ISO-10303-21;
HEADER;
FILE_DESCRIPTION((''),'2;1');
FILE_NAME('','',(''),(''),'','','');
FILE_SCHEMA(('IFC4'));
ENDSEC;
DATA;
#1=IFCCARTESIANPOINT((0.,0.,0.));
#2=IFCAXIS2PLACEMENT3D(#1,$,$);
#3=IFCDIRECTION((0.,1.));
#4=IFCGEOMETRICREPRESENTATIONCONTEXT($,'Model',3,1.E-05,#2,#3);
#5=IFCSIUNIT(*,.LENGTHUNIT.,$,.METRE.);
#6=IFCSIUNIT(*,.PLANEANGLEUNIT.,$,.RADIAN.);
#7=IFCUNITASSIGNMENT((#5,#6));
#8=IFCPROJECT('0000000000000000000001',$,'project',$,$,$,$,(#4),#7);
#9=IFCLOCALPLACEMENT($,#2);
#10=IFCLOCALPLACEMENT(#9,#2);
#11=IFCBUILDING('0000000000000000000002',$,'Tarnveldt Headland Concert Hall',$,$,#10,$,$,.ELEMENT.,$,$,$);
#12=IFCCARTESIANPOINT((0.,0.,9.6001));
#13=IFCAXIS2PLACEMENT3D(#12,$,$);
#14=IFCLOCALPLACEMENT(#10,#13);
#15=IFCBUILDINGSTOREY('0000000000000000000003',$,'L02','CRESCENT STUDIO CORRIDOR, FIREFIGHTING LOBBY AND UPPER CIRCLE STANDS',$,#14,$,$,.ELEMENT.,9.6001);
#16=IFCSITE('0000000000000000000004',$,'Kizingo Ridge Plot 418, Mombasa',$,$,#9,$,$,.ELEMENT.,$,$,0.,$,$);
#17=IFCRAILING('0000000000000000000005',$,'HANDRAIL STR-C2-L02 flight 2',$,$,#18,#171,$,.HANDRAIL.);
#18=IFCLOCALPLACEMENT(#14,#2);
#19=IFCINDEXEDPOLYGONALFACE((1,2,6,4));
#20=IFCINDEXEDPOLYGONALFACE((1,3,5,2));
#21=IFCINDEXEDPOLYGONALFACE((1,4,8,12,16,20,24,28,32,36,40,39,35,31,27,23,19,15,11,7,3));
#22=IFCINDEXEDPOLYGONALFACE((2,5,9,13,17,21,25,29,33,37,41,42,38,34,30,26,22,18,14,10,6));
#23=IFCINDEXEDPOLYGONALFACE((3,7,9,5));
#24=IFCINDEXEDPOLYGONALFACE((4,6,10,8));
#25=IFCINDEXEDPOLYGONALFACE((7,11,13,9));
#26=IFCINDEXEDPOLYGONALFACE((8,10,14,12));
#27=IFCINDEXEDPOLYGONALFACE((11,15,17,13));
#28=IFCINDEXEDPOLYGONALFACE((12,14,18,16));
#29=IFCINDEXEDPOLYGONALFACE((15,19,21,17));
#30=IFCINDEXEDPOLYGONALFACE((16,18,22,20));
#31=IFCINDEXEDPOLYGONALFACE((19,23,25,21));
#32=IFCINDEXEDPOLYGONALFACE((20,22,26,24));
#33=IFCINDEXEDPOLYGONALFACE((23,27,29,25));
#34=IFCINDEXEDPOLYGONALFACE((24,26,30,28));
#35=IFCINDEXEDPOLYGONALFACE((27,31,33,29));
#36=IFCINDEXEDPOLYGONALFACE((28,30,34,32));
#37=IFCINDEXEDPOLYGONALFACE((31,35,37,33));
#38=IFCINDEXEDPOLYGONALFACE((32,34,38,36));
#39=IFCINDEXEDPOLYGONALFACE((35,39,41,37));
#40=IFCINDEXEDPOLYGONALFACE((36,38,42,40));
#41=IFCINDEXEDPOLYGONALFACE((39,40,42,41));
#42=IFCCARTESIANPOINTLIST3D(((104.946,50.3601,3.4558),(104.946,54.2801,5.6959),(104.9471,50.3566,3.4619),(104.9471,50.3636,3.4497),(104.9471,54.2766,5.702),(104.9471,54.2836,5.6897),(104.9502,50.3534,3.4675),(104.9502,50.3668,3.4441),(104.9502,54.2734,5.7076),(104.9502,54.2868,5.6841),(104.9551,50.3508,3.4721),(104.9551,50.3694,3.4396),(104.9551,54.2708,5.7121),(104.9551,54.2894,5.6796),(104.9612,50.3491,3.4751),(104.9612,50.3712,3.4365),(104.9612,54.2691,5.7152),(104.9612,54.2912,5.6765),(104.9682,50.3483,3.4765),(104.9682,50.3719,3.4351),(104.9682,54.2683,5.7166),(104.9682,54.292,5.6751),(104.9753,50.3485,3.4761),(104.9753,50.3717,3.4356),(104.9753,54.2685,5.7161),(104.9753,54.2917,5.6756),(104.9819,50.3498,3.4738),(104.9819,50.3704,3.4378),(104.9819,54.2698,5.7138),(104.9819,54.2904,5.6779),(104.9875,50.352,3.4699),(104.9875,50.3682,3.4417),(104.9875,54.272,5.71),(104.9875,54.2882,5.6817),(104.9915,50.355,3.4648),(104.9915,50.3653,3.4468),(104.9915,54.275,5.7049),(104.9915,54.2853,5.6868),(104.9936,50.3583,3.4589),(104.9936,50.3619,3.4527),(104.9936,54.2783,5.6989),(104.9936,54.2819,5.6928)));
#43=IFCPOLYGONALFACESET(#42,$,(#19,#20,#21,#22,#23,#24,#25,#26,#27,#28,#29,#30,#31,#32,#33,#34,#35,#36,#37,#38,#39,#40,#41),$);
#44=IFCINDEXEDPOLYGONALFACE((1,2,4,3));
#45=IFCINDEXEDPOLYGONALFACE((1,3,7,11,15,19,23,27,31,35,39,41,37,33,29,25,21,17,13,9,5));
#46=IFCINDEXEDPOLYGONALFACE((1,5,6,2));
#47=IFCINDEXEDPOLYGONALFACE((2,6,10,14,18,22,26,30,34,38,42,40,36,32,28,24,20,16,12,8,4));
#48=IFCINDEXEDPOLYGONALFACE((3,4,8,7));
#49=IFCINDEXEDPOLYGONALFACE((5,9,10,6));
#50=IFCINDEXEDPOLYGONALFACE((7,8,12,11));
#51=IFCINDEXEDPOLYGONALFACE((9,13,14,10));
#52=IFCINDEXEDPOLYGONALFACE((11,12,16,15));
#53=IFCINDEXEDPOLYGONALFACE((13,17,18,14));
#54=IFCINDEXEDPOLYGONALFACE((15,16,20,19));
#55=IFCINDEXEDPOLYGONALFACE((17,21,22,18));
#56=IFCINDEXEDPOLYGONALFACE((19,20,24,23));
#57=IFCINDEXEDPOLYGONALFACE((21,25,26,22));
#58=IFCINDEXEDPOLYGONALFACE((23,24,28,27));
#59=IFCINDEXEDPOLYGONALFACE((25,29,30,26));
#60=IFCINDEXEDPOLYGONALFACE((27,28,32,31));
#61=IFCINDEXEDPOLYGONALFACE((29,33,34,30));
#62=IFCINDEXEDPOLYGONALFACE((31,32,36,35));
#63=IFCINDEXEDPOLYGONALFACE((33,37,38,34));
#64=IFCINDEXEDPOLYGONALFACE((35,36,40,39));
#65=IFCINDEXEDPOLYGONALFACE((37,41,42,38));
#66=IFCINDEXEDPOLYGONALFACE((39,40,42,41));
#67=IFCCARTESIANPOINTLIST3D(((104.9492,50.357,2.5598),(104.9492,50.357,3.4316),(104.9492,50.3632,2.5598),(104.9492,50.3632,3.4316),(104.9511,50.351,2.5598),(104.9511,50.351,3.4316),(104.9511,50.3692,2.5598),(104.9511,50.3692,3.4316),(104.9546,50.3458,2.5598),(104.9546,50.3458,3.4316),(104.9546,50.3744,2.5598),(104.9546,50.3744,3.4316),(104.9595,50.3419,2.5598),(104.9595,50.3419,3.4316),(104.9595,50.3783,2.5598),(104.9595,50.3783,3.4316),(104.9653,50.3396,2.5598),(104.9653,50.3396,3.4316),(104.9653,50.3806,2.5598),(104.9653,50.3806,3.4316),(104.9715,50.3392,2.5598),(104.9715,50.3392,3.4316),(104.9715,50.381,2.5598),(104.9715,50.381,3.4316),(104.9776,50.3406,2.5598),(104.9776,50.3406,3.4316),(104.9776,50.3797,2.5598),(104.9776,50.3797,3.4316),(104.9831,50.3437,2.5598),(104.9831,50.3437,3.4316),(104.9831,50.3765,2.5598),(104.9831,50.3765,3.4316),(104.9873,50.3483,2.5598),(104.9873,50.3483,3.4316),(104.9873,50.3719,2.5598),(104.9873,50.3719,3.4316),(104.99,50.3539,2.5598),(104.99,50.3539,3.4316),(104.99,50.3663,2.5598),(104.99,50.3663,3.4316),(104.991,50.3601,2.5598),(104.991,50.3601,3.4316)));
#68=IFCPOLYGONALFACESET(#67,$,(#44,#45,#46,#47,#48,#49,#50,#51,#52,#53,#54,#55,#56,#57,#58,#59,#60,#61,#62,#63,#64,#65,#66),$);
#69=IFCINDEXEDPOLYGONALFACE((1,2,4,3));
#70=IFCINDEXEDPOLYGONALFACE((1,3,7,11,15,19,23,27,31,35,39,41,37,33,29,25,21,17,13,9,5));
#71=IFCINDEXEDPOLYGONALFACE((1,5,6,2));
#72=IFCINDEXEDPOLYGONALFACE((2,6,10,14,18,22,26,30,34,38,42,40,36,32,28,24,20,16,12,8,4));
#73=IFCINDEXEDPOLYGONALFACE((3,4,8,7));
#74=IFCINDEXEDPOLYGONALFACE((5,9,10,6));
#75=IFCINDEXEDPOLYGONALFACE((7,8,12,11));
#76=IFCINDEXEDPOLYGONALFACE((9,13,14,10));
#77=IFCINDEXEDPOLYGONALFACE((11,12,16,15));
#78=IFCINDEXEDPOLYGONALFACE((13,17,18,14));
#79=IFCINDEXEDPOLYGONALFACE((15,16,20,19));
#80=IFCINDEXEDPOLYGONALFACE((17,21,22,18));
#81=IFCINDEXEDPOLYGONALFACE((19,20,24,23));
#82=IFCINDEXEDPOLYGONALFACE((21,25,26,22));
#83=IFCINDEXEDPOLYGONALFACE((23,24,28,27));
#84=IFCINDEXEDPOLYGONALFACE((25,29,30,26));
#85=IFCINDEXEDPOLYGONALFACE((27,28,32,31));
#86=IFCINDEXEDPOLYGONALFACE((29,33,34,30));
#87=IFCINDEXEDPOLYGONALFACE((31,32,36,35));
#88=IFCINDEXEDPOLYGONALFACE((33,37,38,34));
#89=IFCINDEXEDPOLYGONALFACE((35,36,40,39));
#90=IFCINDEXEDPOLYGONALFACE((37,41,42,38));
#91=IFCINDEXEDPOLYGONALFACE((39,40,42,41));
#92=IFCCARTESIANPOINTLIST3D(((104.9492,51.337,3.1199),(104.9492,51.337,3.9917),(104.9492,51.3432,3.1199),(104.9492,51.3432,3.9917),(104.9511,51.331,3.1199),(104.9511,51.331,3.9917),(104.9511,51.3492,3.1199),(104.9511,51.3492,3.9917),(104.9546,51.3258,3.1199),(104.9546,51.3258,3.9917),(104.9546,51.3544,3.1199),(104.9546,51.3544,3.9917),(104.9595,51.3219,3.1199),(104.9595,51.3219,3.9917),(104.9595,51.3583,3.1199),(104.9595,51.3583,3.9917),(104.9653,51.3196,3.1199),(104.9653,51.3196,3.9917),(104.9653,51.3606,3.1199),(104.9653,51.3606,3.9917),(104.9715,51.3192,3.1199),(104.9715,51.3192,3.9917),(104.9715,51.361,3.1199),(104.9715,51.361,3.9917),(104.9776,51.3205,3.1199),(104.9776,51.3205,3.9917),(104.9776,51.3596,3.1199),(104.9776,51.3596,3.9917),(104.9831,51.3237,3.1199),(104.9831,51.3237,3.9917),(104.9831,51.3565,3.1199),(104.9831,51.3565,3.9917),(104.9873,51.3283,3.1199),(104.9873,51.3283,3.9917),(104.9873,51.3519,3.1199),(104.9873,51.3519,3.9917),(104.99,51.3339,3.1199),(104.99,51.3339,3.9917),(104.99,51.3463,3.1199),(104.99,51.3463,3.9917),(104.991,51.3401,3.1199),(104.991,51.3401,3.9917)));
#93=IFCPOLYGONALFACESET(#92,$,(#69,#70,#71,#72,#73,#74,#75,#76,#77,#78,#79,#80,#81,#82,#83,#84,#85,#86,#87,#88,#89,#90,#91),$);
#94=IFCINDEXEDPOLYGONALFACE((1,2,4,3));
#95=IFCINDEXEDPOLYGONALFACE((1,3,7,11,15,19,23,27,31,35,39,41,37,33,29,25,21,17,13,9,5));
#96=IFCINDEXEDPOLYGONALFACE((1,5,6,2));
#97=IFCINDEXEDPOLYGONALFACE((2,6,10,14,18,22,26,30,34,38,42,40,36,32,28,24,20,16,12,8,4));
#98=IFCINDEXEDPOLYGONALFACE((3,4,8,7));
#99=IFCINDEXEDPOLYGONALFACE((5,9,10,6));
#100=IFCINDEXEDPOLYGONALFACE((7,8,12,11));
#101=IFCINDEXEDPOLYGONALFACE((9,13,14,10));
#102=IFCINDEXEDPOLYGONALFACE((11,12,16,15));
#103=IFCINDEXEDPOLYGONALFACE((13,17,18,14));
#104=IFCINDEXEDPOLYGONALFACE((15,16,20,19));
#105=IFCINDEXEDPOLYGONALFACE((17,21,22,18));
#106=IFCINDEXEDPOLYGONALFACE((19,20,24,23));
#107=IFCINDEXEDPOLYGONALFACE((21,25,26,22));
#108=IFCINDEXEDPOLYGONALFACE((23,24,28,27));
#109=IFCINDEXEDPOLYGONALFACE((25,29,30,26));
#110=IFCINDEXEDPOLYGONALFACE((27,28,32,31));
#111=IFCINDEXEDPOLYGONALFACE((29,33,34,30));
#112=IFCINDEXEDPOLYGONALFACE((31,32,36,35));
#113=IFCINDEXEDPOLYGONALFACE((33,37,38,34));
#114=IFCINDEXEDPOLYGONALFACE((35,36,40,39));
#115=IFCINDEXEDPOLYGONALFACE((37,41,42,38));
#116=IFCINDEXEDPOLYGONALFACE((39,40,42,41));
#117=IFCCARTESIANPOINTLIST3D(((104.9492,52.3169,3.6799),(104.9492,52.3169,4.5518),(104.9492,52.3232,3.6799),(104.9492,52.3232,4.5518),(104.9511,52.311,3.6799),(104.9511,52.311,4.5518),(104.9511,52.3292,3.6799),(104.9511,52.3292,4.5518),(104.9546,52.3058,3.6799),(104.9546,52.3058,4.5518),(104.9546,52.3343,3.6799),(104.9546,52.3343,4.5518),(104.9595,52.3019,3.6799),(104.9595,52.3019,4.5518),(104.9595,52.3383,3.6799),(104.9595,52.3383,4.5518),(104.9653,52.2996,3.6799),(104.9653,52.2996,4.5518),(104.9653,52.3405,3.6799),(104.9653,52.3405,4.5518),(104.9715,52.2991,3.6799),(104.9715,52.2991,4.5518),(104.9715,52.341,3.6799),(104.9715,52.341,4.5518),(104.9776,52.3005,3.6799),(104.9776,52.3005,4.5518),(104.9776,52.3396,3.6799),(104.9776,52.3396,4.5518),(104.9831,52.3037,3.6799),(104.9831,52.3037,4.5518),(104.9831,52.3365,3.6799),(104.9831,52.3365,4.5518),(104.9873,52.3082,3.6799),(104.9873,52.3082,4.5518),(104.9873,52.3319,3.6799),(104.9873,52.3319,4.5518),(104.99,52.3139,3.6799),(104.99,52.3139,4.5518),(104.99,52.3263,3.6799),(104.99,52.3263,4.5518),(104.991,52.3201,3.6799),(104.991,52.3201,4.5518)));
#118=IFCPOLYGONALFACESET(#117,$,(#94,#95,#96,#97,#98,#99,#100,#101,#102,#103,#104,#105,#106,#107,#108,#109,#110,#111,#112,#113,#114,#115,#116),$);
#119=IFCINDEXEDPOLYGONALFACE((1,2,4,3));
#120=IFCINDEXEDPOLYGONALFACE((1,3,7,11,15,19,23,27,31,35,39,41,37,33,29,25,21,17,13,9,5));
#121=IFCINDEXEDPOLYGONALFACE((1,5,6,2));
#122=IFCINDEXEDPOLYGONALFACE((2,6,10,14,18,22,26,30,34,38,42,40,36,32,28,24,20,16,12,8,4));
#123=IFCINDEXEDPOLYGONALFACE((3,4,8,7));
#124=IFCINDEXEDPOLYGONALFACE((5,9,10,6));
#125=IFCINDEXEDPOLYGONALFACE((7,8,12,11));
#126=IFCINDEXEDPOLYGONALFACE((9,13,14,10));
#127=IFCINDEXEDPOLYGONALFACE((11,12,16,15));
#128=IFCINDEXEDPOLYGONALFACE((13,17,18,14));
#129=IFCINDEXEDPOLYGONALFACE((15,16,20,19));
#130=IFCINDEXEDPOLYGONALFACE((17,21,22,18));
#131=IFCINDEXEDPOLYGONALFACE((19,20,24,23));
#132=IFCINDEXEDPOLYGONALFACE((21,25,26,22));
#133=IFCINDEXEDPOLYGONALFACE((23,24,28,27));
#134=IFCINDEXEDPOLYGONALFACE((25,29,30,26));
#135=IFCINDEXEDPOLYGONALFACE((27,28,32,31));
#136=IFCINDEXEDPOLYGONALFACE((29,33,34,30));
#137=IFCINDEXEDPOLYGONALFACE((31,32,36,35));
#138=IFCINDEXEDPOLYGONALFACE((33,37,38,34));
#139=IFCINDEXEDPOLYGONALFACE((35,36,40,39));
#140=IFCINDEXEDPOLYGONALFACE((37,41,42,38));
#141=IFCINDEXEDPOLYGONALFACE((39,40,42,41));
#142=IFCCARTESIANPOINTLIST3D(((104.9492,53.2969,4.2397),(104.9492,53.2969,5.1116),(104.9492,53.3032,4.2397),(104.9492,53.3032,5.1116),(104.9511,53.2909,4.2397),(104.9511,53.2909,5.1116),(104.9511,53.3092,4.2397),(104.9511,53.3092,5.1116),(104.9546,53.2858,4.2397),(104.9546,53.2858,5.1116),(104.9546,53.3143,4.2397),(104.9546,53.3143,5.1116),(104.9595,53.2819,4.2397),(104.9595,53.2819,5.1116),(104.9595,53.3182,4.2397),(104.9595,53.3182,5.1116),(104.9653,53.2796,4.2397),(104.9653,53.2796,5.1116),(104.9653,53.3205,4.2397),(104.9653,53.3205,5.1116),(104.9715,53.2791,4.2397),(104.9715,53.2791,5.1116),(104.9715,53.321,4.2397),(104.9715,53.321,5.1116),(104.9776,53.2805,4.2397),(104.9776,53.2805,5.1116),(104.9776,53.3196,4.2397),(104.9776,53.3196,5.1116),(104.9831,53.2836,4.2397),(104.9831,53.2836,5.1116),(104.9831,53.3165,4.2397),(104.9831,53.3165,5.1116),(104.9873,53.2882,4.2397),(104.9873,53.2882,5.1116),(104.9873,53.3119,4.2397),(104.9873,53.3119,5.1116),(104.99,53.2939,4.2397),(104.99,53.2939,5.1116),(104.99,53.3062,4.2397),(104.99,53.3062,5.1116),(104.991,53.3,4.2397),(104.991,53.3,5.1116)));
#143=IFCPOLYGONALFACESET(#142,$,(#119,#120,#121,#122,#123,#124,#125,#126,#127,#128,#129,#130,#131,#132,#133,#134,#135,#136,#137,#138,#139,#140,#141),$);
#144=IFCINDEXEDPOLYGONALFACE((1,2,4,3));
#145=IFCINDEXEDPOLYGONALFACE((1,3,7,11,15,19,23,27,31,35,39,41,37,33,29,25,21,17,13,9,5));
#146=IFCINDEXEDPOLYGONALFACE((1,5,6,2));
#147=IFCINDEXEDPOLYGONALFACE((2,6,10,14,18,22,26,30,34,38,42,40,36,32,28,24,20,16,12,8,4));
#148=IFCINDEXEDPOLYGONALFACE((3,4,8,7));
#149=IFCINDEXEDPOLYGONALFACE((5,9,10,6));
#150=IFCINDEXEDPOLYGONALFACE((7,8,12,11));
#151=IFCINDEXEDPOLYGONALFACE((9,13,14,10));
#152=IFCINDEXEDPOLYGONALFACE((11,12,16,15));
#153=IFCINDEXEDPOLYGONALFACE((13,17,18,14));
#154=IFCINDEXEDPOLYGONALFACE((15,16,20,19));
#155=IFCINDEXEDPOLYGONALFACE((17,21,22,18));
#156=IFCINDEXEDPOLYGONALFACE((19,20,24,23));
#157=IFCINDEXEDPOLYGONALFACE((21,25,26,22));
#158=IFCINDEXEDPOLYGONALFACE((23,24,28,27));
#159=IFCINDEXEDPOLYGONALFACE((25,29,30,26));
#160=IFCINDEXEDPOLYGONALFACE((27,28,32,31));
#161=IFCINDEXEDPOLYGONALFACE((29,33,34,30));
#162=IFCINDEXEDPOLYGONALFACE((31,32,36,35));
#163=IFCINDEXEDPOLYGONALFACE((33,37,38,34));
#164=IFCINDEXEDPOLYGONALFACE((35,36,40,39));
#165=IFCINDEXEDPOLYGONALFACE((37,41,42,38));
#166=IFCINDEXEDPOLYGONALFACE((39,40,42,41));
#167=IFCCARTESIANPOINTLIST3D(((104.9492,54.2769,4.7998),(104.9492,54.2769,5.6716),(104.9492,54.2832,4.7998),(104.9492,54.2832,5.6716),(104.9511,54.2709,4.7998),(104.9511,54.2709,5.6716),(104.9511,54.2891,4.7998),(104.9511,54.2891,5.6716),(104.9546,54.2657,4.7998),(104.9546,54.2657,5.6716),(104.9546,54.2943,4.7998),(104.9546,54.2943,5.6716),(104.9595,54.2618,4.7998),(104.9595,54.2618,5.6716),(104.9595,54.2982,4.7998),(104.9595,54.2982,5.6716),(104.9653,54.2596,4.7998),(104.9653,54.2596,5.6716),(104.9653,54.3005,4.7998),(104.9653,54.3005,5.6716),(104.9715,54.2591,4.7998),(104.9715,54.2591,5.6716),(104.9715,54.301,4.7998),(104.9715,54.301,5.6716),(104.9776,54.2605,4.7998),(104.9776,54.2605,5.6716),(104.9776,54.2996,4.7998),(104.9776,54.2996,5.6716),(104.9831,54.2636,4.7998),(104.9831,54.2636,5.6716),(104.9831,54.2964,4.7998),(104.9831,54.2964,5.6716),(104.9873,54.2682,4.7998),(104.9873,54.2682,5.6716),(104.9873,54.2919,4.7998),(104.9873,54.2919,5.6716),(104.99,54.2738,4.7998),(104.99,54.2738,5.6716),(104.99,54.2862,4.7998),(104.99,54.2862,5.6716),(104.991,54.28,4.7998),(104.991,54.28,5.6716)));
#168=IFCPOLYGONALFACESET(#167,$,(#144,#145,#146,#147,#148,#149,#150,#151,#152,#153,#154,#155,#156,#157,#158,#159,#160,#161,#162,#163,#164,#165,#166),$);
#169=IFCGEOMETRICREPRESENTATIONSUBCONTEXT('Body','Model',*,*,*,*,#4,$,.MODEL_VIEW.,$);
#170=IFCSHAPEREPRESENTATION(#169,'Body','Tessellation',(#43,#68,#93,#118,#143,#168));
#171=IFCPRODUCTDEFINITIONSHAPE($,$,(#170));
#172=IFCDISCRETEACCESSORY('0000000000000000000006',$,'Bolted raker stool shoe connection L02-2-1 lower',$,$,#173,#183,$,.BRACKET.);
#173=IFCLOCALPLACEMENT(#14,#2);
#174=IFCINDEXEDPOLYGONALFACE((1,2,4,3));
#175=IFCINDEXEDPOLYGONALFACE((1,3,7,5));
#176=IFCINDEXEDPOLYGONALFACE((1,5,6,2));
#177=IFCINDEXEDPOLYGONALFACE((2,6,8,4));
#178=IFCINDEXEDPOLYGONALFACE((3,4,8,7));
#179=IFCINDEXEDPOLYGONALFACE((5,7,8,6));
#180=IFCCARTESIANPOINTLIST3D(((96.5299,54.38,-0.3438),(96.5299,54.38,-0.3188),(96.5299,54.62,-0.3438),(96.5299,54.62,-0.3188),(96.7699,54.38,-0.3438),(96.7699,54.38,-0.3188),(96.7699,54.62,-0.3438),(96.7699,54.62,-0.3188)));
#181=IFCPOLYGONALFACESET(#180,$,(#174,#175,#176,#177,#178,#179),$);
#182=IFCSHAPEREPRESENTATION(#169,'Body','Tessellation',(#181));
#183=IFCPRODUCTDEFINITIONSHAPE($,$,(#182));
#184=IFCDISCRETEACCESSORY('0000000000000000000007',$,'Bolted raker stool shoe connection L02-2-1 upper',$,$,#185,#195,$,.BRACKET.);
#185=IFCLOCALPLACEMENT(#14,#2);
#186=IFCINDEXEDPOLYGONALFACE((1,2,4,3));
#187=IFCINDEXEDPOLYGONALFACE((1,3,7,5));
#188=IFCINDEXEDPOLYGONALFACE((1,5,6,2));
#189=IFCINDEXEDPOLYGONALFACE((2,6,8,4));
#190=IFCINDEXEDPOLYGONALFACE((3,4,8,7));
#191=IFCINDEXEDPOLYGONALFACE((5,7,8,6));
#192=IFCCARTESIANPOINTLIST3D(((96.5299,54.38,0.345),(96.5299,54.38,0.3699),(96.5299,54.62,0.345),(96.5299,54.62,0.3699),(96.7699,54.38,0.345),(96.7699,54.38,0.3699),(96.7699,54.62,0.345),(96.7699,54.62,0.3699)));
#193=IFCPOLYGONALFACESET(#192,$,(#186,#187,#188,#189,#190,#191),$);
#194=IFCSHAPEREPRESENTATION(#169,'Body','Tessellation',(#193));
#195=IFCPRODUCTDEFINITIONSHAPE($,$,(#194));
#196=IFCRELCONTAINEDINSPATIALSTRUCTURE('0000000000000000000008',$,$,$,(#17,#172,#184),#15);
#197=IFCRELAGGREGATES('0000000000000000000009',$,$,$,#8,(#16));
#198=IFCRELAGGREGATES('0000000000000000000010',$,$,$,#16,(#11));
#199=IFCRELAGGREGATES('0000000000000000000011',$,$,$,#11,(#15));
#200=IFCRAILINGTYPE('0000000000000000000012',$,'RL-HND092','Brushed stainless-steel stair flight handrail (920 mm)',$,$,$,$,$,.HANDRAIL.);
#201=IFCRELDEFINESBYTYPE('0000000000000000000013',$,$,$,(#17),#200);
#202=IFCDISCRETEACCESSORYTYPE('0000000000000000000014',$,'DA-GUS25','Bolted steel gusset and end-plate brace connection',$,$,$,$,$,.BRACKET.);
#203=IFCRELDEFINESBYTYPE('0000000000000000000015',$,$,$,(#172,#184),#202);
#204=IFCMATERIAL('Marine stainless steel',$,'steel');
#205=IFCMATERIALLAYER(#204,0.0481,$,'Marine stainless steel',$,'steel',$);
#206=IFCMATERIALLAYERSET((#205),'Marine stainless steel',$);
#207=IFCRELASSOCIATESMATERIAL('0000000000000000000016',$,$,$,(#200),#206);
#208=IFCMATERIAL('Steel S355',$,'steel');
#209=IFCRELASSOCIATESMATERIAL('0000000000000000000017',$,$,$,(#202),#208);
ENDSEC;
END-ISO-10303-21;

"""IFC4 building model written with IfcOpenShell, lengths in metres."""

from ifc_helpers import new_model, si_unit, direction, frame, origin, origin_2d, place, context, subcontext, project, spatial, rectangle, circle, extrude, material, layer, layer_set, type_object, element, save


model = new_model("IFC4")

# Units and contexts
model_context = context("Model", 3, precision=1e-05, world=origin(), true_north=direction((0.0, 1.0)))
body_context = subcontext(model_context, "Body", "Model", "MODEL_VIEW")
ifc_project = project(units=[si_unit("LENGTHUNIT", "METRE"), si_unit("PLANEANGLEUNIT", "RADIAN")], contexts=[model_context])

# Site, building, storey
site_placement = place(None, origin())
site = spatial("IfcSite", under=ifc_project, at=site_placement, Name="Kizingo Ridge Plot 418, Mombasa", CompositionType="ELEMENT", RefElevation=0.0)
building_placement = place(site_placement, origin())
building = spatial("IfcBuilding", under=site, at=building_placement, Name="Tarnveldt Headland Concert Hall", CompositionType="ELEMENT")
storey_placement = place(building_placement, frame((0.0, 0.0, 9.6001)))
storey = spatial("IfcBuildingStorey", under=building, at=storey_placement, Name="L02", Description="CRESCENT STUDIO CORRIDOR, FIREFIGHTING LOBBY AND UPPER CIRCLE STANDS", CompositionType="ELEMENT", Elevation=9.6001)

# Shared definitions
ifc_material_1 = material(Name="Steel S355", Category="steel")

# Railing
ifc_material_2 = material(Name="Marine stainless steel", Category="steel")
ifc_layer_1 = layer(ifc_material_2, 0.0481, Name="Marine stainless steel", Category="steel")
ifc_layer_set_1 = layer_set([ifc_layer_1], Name="Marine stainless steel")
railing_type_1 = type_object("IfcRailingType", Name="RL-HND092", Description="Brushed stainless-steel stair flight handrail (920 mm)", PredefinedType="HANDRAIL", material=ifc_layer_set_1)
railing_1_placement = place(storey_placement, frame((104.97, 50.3601, 2.5598)))
element("IfcRailing", 1, at=railing_1_placement, inside=storey, type_object=railing_type_1, Name="HANDRAIL STR-C2-L02 flight 2", PredefinedType="HANDRAIL", context=body_context, shape_type="SweptSolid", body=[
    extrude(circle(Radius=0.0239, at=origin_2d()), frame((0.0, 0.0, 0.896), z_axis=(0.0, 0.86824, 0.496145), x_axis=(-1.0, 0.0, 0.0)), (0.0, 0.0, 1.0), 4.5149),
    extrude(circle(Radius=0.021, at=origin_2d()), origin(), (0.0, 0.0, 1.0), 0.8718),
    extrude(circle(Radius=0.021, at=origin_2d()), frame((0.0, 0.98, 0.5601)), (0.0, 0.0, 1.0), 0.8718),
    extrude(circle(Radius=0.021, at=origin_2d()), frame((0.0, 1.96, 1.1201)), (0.0, 0.0, 1.0), 0.8718),
    extrude(circle(Radius=0.021, at=origin_2d()), frame((0.0, 2.9399, 1.6799)), (0.0, 0.0, 1.0), 0.8718),
    extrude(circle(Radius=0.021, at=origin_2d()), frame((0.0, 3.9199, 2.24)), (0.0, 0.0, 1.0), 0.8718),
])

# Discrete accessories
discrete_accessory_type = type_object("IfcDiscreteAccessoryType", Name="DA-GUS25", Description="Bolted steel gusset and end-plate brace connection", PredefinedType="BRACKET", material=ifc_material_1)
for number, where, z_axis, x_axis, name in (
    (2, (96.6499, 54.5, -0.3438), (0.0, 0.0, 1.0), (1.0, 0.0, 0.0), "Bolted raker stool shoe connection L02-2-1 lower"),
    (3, (96.6499, 54.5, 0.345), (0.0, 0.0, 1.0), (1.0, 0.0, 0.0), "Bolted raker stool shoe connection L02-2-1 upper"),
):
    element("IfcDiscreteAccessory", number, at=place(storey_placement, frame(where, z_axis=z_axis, x_axis=x_axis)), inside=storey, type_object=discrete_accessory_type, Name=name, PredefinedType="BRACKET", context=body_context, shape_type="SweptSolid", body=[
        extrude(rectangle(XDim=0.24, YDim=0.24, at=origin_2d()), origin(), (0.0, 0.0, 1.0), 0.0249),
    ])

save(model, "model.ifc")
